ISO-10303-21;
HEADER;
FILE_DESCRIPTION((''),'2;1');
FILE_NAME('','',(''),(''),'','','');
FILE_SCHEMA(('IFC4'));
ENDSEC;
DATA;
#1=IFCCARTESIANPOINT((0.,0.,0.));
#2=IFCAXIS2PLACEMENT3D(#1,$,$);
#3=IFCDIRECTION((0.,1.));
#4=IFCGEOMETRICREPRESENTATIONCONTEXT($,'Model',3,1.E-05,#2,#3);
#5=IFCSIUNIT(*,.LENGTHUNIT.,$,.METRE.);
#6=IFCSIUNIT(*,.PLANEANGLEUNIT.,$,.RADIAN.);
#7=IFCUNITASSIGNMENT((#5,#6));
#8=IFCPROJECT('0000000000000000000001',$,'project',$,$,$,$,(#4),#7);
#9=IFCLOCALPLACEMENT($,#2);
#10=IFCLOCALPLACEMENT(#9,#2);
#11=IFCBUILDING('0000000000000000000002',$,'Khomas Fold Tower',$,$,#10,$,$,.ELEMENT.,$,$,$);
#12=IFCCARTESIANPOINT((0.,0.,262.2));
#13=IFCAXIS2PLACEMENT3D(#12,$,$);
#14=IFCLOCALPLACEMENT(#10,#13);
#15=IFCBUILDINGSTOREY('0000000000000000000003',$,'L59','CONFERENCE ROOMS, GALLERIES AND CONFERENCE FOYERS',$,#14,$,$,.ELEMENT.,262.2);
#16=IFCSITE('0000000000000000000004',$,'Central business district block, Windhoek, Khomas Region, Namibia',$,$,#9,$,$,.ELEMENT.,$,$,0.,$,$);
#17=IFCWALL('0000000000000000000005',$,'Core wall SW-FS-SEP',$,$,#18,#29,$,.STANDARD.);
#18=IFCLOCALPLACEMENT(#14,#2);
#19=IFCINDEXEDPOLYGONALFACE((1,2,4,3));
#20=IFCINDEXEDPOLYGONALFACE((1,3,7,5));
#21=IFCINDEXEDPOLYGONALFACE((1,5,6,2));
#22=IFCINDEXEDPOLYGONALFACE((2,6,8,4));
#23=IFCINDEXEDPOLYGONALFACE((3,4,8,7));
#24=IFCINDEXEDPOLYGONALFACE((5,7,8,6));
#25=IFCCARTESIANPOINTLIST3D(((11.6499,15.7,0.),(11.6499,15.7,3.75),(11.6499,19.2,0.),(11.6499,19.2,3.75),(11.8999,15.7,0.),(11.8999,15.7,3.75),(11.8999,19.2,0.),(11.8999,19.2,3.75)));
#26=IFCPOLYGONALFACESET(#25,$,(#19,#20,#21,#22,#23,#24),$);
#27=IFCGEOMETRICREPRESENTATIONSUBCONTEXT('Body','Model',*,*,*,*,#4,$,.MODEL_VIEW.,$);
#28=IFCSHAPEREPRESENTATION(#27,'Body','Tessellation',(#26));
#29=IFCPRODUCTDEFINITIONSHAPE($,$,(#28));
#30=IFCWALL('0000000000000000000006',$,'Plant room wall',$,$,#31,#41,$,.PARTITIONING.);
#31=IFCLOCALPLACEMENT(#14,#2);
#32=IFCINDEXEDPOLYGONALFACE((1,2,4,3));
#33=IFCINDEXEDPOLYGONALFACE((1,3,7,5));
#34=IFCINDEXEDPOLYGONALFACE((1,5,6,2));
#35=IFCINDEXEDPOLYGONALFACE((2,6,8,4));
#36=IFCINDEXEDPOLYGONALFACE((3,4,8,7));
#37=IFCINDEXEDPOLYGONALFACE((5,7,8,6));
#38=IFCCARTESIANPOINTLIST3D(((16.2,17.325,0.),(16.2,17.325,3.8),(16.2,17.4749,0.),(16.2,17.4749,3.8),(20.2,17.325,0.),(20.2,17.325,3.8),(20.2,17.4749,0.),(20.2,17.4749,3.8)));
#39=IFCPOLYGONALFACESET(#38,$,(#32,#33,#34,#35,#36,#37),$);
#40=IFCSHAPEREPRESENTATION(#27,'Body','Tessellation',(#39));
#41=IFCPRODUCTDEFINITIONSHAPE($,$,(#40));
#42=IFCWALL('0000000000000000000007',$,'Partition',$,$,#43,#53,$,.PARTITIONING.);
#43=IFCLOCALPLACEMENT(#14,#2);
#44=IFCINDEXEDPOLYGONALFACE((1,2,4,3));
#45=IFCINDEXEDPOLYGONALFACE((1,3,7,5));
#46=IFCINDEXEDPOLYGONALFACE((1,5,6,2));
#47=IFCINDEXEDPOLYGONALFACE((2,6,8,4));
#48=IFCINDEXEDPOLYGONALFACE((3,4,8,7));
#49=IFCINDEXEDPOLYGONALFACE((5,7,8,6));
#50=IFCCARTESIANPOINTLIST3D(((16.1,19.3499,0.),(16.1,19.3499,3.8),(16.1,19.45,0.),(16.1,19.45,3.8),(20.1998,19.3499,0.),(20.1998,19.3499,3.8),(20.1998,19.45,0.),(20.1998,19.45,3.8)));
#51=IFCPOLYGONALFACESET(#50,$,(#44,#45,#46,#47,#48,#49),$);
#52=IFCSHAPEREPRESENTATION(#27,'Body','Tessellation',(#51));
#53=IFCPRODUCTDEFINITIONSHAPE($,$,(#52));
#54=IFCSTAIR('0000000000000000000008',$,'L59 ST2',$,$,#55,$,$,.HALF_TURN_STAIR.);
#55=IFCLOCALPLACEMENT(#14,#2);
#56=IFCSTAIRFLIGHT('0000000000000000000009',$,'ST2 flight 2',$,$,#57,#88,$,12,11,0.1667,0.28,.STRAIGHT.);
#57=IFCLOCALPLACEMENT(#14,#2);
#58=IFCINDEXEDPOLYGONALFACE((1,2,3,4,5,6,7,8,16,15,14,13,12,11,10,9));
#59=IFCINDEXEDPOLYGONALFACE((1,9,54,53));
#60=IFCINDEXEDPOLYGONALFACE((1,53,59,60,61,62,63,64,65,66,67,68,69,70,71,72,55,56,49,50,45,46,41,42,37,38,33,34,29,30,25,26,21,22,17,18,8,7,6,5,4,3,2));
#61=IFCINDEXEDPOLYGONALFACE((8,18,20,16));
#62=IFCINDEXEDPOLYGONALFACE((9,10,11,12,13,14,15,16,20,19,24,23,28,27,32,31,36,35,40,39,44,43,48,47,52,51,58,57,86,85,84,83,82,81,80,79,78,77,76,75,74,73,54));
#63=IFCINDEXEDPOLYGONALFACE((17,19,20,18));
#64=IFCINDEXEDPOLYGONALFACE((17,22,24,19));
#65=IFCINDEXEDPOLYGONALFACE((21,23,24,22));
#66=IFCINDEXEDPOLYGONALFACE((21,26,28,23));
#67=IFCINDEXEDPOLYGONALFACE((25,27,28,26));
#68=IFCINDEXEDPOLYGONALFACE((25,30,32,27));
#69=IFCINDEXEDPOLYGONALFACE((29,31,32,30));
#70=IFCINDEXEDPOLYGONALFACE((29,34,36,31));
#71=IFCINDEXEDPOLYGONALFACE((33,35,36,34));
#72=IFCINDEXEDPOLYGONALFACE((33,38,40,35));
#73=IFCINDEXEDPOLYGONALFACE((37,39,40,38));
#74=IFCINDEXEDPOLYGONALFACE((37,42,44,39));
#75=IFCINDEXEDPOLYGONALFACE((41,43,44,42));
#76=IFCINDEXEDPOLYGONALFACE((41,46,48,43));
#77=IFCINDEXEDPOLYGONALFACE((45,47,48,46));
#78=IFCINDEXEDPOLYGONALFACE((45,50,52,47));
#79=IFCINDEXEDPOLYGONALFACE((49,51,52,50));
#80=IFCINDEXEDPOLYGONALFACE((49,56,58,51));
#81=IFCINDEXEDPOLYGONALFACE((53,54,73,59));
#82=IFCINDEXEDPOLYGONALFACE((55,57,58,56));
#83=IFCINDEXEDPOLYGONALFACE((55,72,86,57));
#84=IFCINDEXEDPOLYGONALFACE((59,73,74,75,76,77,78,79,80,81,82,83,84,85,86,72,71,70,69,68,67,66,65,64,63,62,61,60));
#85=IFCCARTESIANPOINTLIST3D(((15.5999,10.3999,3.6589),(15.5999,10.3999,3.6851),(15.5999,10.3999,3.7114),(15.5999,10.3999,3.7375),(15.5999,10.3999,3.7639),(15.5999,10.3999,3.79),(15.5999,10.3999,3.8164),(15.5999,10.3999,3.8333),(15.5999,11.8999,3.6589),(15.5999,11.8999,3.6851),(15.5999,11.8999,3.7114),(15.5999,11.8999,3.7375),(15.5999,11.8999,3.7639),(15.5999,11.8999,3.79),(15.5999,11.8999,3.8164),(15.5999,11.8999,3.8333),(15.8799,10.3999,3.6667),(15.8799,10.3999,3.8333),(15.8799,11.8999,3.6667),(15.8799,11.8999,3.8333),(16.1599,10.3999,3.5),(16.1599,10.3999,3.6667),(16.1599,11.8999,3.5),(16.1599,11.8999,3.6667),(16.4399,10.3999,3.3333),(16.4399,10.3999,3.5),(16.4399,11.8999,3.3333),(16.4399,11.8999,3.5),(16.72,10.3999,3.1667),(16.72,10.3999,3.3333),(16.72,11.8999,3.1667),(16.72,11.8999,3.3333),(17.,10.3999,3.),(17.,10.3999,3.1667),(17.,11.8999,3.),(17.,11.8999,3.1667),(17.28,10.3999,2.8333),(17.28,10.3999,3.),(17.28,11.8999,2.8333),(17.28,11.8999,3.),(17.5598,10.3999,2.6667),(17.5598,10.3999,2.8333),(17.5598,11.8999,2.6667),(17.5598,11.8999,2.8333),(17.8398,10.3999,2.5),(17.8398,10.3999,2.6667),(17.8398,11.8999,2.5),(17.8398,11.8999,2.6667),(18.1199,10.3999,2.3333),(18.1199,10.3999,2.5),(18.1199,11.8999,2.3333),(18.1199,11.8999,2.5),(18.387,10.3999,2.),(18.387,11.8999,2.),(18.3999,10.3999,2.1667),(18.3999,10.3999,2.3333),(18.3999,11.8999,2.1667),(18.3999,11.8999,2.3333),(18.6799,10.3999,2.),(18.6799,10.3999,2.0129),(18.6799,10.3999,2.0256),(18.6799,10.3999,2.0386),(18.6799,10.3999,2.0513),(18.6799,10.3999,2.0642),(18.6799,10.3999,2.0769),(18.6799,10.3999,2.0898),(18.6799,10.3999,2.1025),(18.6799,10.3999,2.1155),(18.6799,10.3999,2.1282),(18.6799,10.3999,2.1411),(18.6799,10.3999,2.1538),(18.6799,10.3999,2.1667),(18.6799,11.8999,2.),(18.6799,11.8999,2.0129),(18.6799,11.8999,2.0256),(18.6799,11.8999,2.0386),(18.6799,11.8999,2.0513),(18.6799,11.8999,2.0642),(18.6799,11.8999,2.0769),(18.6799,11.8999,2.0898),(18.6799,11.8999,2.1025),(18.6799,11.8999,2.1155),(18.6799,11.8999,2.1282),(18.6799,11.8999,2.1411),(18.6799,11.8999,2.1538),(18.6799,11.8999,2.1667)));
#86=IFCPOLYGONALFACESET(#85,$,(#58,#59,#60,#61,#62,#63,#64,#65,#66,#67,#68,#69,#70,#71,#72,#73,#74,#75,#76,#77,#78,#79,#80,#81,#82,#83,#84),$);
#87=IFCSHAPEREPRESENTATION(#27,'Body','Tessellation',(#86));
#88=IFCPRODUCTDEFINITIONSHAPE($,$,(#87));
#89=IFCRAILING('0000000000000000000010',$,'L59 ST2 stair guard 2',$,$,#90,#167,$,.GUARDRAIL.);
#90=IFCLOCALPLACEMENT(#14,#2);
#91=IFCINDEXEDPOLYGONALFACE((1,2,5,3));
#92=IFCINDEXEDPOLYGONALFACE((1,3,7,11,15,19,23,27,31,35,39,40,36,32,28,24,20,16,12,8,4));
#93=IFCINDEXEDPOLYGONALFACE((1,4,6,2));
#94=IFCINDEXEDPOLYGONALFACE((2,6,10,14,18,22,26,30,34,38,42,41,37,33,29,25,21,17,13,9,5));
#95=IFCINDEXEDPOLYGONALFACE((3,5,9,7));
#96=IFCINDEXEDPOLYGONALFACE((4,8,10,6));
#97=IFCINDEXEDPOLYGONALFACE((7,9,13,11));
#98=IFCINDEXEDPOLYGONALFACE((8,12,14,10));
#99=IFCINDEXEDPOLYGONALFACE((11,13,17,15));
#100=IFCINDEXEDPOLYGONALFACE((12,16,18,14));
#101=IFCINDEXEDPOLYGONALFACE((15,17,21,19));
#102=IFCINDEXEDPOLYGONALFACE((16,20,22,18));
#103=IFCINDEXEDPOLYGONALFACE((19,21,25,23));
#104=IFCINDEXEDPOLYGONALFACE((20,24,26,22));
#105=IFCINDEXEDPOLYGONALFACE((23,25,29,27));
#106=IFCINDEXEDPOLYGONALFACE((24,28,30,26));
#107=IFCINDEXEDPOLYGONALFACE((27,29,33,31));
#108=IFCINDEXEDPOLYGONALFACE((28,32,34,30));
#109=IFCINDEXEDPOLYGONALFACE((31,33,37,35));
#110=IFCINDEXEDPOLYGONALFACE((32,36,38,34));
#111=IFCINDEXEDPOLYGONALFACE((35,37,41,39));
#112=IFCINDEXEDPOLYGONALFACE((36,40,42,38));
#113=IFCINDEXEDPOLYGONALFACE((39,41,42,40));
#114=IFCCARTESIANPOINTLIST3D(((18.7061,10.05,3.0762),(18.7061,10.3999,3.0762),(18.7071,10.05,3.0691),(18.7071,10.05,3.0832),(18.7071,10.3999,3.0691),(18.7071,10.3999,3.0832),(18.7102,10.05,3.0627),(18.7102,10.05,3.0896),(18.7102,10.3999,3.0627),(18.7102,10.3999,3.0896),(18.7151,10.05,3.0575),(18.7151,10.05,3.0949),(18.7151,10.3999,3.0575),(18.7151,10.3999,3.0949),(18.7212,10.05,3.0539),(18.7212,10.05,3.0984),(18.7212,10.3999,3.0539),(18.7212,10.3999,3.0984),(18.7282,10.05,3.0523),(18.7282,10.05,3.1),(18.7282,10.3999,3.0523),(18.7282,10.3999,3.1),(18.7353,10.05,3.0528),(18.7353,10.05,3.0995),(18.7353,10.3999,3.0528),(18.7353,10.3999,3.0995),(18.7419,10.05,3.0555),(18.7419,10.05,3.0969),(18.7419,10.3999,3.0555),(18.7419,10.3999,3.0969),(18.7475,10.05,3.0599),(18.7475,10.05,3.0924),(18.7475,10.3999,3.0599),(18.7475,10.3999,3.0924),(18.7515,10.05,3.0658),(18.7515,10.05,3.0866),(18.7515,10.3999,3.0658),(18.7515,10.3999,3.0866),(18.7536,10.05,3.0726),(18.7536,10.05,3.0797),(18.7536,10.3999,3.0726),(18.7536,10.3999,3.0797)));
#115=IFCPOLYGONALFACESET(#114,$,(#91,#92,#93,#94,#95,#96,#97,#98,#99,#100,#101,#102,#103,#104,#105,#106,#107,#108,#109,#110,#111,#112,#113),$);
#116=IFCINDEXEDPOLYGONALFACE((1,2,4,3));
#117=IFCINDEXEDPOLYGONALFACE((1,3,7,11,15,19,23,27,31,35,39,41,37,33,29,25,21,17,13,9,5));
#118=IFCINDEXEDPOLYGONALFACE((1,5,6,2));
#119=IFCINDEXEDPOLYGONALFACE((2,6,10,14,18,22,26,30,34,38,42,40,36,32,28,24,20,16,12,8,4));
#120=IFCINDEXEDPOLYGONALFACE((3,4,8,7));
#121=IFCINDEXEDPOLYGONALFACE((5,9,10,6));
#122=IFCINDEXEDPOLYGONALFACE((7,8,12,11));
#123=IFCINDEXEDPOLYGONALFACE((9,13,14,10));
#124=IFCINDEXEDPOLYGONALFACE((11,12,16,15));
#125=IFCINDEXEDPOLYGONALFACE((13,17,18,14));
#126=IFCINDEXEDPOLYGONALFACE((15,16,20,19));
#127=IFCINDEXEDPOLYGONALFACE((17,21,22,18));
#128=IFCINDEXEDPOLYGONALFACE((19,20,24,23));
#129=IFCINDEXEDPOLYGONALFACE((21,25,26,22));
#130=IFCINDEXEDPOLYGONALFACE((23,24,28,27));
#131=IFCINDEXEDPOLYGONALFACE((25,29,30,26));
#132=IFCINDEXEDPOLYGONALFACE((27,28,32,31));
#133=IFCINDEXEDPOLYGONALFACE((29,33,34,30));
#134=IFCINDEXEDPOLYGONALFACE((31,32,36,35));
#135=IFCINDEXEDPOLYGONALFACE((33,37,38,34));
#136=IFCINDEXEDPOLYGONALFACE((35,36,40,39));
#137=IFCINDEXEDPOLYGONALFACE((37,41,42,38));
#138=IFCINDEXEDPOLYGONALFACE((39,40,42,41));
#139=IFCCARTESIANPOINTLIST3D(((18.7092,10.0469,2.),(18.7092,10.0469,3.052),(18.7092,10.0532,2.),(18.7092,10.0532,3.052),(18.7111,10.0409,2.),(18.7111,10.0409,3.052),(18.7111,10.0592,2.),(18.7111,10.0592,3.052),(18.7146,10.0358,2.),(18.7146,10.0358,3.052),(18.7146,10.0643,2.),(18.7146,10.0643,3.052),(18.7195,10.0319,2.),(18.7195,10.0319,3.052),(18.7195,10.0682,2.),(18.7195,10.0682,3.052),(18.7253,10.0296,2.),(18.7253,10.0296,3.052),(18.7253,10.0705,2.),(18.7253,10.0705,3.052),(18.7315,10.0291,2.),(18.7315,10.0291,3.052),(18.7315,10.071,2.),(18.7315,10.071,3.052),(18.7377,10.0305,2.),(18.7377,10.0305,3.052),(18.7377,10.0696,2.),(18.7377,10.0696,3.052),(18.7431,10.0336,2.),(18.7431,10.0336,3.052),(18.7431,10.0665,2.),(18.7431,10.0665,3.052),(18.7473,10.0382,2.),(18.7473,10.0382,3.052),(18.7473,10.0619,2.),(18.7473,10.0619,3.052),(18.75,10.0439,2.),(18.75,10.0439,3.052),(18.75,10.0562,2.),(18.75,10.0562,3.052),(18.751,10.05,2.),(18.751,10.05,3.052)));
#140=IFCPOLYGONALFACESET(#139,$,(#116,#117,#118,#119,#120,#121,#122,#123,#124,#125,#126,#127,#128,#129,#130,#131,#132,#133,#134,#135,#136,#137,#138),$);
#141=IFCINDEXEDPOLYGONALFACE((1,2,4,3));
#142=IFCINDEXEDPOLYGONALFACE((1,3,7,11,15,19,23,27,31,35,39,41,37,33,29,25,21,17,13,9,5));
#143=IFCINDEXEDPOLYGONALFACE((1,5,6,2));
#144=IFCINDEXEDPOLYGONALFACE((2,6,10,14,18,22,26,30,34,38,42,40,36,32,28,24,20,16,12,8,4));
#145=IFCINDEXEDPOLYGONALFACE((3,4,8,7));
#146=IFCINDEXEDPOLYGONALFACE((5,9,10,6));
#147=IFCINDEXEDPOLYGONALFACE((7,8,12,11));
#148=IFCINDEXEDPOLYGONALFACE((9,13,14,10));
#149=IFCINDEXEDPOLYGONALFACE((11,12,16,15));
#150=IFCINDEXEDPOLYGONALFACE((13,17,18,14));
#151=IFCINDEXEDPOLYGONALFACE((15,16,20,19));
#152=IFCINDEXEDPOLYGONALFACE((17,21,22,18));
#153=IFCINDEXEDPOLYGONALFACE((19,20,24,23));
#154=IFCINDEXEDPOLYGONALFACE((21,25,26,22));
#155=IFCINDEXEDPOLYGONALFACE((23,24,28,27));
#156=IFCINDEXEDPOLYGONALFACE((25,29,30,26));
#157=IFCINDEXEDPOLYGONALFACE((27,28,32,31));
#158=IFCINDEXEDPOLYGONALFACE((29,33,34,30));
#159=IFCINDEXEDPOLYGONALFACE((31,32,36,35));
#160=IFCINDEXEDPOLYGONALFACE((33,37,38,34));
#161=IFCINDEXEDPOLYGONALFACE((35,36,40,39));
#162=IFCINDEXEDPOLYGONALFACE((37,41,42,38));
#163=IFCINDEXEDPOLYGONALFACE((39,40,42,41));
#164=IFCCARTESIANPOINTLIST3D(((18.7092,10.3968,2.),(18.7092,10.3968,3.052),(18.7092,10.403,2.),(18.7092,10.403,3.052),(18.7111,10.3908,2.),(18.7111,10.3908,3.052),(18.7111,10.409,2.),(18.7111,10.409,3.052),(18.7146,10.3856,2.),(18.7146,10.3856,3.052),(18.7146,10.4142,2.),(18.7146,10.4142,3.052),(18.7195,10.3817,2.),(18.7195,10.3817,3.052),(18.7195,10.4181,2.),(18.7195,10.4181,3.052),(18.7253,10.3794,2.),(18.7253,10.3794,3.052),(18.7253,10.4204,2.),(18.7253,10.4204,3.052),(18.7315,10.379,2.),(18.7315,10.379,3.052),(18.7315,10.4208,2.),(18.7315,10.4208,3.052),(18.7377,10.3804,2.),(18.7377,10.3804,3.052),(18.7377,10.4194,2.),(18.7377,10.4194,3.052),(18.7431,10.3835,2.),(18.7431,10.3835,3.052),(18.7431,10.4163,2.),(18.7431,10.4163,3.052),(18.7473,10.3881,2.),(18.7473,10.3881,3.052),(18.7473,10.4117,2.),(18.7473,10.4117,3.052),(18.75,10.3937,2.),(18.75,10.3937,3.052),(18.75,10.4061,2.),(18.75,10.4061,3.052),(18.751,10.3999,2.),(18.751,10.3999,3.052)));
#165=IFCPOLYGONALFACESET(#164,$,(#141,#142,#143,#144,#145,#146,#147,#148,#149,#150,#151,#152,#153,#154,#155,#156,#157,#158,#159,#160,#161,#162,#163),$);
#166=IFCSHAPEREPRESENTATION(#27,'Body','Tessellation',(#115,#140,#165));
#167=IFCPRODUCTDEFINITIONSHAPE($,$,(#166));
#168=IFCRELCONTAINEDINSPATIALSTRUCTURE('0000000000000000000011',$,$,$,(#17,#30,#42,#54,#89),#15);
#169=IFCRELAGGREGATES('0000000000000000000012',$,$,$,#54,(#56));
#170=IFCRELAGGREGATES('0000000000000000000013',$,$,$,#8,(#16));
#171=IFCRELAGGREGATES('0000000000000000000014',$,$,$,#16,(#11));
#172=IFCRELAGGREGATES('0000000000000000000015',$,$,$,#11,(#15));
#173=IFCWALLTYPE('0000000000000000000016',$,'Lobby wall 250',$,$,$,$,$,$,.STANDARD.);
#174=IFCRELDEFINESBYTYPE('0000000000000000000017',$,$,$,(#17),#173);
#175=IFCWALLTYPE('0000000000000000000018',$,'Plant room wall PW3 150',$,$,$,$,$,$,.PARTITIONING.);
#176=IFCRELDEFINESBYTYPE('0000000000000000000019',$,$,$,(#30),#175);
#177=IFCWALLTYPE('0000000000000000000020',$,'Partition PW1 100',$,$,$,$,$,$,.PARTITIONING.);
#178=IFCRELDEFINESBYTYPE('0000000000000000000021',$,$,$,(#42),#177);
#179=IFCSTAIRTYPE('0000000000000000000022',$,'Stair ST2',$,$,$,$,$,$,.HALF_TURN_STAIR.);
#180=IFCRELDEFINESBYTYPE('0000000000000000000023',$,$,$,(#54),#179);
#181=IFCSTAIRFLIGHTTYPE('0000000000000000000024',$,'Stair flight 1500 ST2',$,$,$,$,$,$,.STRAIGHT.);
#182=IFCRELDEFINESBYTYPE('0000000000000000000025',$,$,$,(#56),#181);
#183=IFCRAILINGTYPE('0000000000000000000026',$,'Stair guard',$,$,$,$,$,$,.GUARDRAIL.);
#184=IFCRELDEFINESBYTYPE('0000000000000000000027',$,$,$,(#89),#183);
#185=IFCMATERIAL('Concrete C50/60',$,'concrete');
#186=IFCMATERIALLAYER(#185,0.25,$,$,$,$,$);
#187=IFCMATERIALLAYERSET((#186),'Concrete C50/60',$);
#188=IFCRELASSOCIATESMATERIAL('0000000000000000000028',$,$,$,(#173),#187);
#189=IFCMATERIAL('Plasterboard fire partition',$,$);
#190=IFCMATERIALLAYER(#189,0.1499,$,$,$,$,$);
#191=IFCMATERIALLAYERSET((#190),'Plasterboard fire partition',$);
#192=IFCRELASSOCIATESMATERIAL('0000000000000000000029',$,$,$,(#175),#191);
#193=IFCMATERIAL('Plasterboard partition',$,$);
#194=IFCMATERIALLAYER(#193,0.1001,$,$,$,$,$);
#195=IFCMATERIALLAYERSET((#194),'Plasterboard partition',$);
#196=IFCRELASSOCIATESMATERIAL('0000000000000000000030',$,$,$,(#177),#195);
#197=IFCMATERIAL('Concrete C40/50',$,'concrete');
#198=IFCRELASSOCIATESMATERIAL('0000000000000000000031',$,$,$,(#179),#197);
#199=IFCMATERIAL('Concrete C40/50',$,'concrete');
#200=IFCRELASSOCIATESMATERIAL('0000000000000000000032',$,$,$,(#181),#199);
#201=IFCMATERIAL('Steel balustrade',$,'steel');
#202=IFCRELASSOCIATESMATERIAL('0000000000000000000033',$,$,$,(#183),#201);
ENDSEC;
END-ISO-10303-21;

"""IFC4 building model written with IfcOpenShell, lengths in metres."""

from ifc_helpers import new_model, si_unit, direction, frame, frame_2d, origin, origin_2d, place, context, subcontext, project, spatial, polyline, rectangle, circle, outline, extrude, source, transform, mapped, material, layer, layer_set, type_object, element, aggregate, save


model = new_model("IFC4")

# Units and contexts
model_context = context("Model", 3, precision=1e-05, world=origin(), true_north=direction((0.0, 1.0)))
body_context = subcontext(model_context, "Body", "Model", "MODEL_VIEW")
ifc_project = project(units=[si_unit("LENGTHUNIT", "METRE"), si_unit("PLANEANGLEUNIT", "RADIAN")], contexts=[model_context])

# Site, building, storey
site_placement = place(None, origin())
site = spatial("IfcSite", under=ifc_project, at=site_placement, Name="Central business district block, Windhoek, Khomas Region, Namibia", CompositionType="ELEMENT", RefElevation=0.0)
building_placement = place(site_placement, origin())
building = spatial("IfcBuilding", under=site, at=building_placement, Name="Khomas Fold Tower", CompositionType="ELEMENT")
storey_placement = place(building_placement, frame((0.0, 0.0, 262.2)))
storey = spatial("IfcBuildingStorey", under=building, at=storey_placement, Name="L59", Description="CONFERENCE ROOMS, GALLERIES AND CONFERENCE FOYERS", CompositionType="ELEMENT", Elevation=262.2)

# Walls
ifc_material_1 = material(Name="Concrete C50/60", Category="concrete")
ifc_layer_1 = layer(ifc_material_1, 0.25)
ifc_layer_set_1 = layer_set([ifc_layer_1], Name="Concrete C50/60")
wall_type_1 = type_object("IfcWallType", Name="Lobby wall 250", PredefinedType="STANDARD", material=ifc_layer_set_1)
shared_shape_1 = source(origin(), body_context, "Body", "SweptSolid", [
    extrude(rectangle(XDim=3.5, YDim=0.25, at=frame_2d((1.75, 0.0))), origin(), (0.0, 0.0, 1.0), 3.75),
])
for number, where, z_axis, x_axis, name in (
    (1, (11.7749, 15.7, 0.0), (0.0, 0.0, 1.0), (0.0, 1.0, 0.0), "Core wall SW-FS-SEP"),
):
    element("IfcWall", number, at=place(storey_placement, frame(where, z_axis=z_axis, x_axis=x_axis)), inside=storey, type_object=wall_type_1, Name=name, PredefinedType="STANDARD", context=body_context, shape_type="MappedRepresentation", body=[
        mapped(shared_shape_1, transform((0.0, 0.0, 0.0))),
    ])
ifc_material_2 = material(Name="Plasterboard fire partition")
ifc_layer_2 = layer(ifc_material_2, 0.1499)
ifc_layer_set_2 = layer_set([ifc_layer_2], Name="Plasterboard fire partition")
wall_type_2 = type_object("IfcWallType", Name="Plant room wall PW3 150", PredefinedType="PARTITIONING", material=ifc_layer_set_2)
shared_shape_2 = source(origin(), body_context, "Body", "SweptSolid", [
    extrude(rectangle(XDim=4.0, YDim=0.1499, at=frame_2d((2.0, 0.0))), origin(), (0.0, 0.0, 1.0), 3.8),
])
wall_1_placement = place(storey_placement, frame((16.2, 17.3999, 0.0), z_axis=(0.0, 0.0, 1.0), x_axis=(1.0, 0.0, 0.0)))
element("IfcWall", 2, at=wall_1_placement, inside=storey, type_object=wall_type_2, Name="Plant room wall", PredefinedType="PARTITIONING", context=body_context, shape_type="MappedRepresentation", body=[
    mapped(shared_shape_2, transform((0.0, 0.0, 0.0))),
])
ifc_material_3 = material(Name="Plasterboard partition")
ifc_layer_3 = layer(ifc_material_3, 0.1001)
ifc_layer_set_3 = layer_set([ifc_layer_3], Name="Plasterboard partition")
wall_type_3 = type_object("IfcWallType", Name="Partition PW1 100", PredefinedType="PARTITIONING", material=ifc_layer_set_3)
shared_shape_3 = source(origin(), body_context, "Body", "SweptSolid", [
    extrude(rectangle(XDim=4.0999, YDim=0.1001, at=frame_2d((2.0498, 0.0))), origin(), (0.0, 0.0, 1.0), 3.8),
])
wall_2_placement = place(storey_placement, frame((16.1001, 19.3999, 0.0), z_axis=(0.0, 0.0, 1.0), x_axis=(1.0, 0.0, 0.0)))
element("IfcWall", 3, at=wall_2_placement, inside=storey, type_object=wall_type_3, Name="Partition", PredefinedType="PARTITIONING", context=body_context, shape_type="MappedRepresentation", body=[
    mapped(shared_shape_3, transform((0.0, 0.0, 0.0))),
])

# Stair, stair flight
ifc_material_4 = material(Name="Concrete C40/50", Category="concrete")
stair_type = type_object("IfcStairType", Name="Stair ST2", PredefinedType="HALF_TURN_STAIR", material=ifc_material_4)
stair_placement = place(storey_placement, origin())
stair = element("IfcStair", 4, at=stair_placement, inside=storey, type_object=stair_type, Name="L59 ST2", PredefinedType="HALF_TURN_STAIR")
ifc_material_5 = material(Name="Concrete C40/50", Category="concrete")
stair_flight_type = type_object("IfcStairFlightType", Name="Stair flight 1500 ST2", PredefinedType="STRAIGHT", material=ifc_material_5)
shared_shape_4 = source(origin(), body_context, "Body", "SweptSolid", [
    extrude(outline(polyline([(0.0, 0.0), (0.0, 0.0129), (0.0, 0.0256), (0.0, 0.0386), (0.0, 0.0513), (0.0, 0.0642), (0.0, 0.0769), (0.0, 0.0898), (0.0, 0.1025), (0.0, 0.1155), (0.0, 0.1282), (0.0, 0.1411), (0.0, 0.1538), (0.0, 0.1667), (0.28, 0.1667), (0.28, 0.3333), (0.5601, 0.3333), (0.5601, 0.5), (0.8401, 0.5), (0.8401, 0.6667), (1.1201, 0.6667), (1.1201, 0.8333), (1.3999, 0.8333), (1.3999, 1.0), (1.6799, 1.0), (1.6799, 1.1667), (1.96, 1.1667), (1.96, 1.3333), (2.24, 1.3333), (2.24, 1.5), (2.52, 1.5), (2.52, 1.6667), (2.8, 1.6667), (2.8, 1.8333), (3.0801, 1.8333), (3.0801, 2.0), (3.0801, 1.9739), (3.0801, 1.9475), (3.0801, 1.9214), (3.0801, 1.895), (3.0801, 1.8689), (3.0801, 1.8425), (3.0801, 1.8164), (3.0801, 1.79), (3.0801, 1.7639), (3.0801, 1.7375), (3.0801, 1.7114), (3.0801, 1.6851), (3.0801, 1.6589), (0.293, 0.0), (0.0, 0.0)])), frame((0.0, 0.75, 0.0), z_axis=(0.0, -1.0, 0.0), x_axis=(1.0, 0.0, 0.0)), (0.0, 0.0, 1.0), 1.5),
])
stair_flight_placement = place(storey_placement, frame((18.6799, 11.1499, 2.0), z_axis=(0.0, 0.0, 1.0), x_axis=(-1.0, 0.0, 0.0)))
stair_flight = element("IfcStairFlight", 5, at=stair_flight_placement, type_object=stair_flight_type, Name="ST2 flight 2", NumberOfRisers=12, NumberOfTreads=11, PredefinedType="STRAIGHT", RiserHeight=0.1667, TreadLength=0.28, context=body_context, shape_type="MappedRepresentation", body=[
    mapped(shared_shape_4, transform((0.0, 0.0, 0.0))),
])
aggregate(stair, [stair_flight])

# Railing
ifc_material_6 = material(Name="Steel balustrade", Category="steel")
railing_type_1 = type_object("IfcRailingType", Name="Stair guard", PredefinedType="GUARDRAIL", material=ifc_material_6)
shared_shape_5 = source(origin(), body_context, "Body", "SweptSolid", [
    extrude(circle(Radius=0.0239, at=origin_2d()), frame((0.0, 0.0, 1.0762), z_axis=(0.0, 1.0, 0.0), x_axis=(-1.0, 0.0, 0.0)), (0.0, 0.0, 1.0), 0.3499),
    extrude(circle(Radius=0.021, at=origin_2d()), origin(), (0.0, 0.0, 1.0), 1.052),
    extrude(circle(Radius=0.021, at=origin_2d()), frame((0.0, 0.3499, 0.0)), (0.0, 0.0, 1.0), 1.052),
])
railing_1_placement = place(storey_placement, frame((18.73, 10.05, 2.0)))
element("IfcRailing", 6, at=railing_1_placement, inside=storey, type_object=railing_type_1, Name="L59 ST2 stair guard 2", PredefinedType="GUARDRAIL", context=body_context, shape_type="MappedRepresentation", body=[
    mapped(shared_shape_5, transform((0.0, 0.0, 0.0))),
])

save(model, "model.ifc")
